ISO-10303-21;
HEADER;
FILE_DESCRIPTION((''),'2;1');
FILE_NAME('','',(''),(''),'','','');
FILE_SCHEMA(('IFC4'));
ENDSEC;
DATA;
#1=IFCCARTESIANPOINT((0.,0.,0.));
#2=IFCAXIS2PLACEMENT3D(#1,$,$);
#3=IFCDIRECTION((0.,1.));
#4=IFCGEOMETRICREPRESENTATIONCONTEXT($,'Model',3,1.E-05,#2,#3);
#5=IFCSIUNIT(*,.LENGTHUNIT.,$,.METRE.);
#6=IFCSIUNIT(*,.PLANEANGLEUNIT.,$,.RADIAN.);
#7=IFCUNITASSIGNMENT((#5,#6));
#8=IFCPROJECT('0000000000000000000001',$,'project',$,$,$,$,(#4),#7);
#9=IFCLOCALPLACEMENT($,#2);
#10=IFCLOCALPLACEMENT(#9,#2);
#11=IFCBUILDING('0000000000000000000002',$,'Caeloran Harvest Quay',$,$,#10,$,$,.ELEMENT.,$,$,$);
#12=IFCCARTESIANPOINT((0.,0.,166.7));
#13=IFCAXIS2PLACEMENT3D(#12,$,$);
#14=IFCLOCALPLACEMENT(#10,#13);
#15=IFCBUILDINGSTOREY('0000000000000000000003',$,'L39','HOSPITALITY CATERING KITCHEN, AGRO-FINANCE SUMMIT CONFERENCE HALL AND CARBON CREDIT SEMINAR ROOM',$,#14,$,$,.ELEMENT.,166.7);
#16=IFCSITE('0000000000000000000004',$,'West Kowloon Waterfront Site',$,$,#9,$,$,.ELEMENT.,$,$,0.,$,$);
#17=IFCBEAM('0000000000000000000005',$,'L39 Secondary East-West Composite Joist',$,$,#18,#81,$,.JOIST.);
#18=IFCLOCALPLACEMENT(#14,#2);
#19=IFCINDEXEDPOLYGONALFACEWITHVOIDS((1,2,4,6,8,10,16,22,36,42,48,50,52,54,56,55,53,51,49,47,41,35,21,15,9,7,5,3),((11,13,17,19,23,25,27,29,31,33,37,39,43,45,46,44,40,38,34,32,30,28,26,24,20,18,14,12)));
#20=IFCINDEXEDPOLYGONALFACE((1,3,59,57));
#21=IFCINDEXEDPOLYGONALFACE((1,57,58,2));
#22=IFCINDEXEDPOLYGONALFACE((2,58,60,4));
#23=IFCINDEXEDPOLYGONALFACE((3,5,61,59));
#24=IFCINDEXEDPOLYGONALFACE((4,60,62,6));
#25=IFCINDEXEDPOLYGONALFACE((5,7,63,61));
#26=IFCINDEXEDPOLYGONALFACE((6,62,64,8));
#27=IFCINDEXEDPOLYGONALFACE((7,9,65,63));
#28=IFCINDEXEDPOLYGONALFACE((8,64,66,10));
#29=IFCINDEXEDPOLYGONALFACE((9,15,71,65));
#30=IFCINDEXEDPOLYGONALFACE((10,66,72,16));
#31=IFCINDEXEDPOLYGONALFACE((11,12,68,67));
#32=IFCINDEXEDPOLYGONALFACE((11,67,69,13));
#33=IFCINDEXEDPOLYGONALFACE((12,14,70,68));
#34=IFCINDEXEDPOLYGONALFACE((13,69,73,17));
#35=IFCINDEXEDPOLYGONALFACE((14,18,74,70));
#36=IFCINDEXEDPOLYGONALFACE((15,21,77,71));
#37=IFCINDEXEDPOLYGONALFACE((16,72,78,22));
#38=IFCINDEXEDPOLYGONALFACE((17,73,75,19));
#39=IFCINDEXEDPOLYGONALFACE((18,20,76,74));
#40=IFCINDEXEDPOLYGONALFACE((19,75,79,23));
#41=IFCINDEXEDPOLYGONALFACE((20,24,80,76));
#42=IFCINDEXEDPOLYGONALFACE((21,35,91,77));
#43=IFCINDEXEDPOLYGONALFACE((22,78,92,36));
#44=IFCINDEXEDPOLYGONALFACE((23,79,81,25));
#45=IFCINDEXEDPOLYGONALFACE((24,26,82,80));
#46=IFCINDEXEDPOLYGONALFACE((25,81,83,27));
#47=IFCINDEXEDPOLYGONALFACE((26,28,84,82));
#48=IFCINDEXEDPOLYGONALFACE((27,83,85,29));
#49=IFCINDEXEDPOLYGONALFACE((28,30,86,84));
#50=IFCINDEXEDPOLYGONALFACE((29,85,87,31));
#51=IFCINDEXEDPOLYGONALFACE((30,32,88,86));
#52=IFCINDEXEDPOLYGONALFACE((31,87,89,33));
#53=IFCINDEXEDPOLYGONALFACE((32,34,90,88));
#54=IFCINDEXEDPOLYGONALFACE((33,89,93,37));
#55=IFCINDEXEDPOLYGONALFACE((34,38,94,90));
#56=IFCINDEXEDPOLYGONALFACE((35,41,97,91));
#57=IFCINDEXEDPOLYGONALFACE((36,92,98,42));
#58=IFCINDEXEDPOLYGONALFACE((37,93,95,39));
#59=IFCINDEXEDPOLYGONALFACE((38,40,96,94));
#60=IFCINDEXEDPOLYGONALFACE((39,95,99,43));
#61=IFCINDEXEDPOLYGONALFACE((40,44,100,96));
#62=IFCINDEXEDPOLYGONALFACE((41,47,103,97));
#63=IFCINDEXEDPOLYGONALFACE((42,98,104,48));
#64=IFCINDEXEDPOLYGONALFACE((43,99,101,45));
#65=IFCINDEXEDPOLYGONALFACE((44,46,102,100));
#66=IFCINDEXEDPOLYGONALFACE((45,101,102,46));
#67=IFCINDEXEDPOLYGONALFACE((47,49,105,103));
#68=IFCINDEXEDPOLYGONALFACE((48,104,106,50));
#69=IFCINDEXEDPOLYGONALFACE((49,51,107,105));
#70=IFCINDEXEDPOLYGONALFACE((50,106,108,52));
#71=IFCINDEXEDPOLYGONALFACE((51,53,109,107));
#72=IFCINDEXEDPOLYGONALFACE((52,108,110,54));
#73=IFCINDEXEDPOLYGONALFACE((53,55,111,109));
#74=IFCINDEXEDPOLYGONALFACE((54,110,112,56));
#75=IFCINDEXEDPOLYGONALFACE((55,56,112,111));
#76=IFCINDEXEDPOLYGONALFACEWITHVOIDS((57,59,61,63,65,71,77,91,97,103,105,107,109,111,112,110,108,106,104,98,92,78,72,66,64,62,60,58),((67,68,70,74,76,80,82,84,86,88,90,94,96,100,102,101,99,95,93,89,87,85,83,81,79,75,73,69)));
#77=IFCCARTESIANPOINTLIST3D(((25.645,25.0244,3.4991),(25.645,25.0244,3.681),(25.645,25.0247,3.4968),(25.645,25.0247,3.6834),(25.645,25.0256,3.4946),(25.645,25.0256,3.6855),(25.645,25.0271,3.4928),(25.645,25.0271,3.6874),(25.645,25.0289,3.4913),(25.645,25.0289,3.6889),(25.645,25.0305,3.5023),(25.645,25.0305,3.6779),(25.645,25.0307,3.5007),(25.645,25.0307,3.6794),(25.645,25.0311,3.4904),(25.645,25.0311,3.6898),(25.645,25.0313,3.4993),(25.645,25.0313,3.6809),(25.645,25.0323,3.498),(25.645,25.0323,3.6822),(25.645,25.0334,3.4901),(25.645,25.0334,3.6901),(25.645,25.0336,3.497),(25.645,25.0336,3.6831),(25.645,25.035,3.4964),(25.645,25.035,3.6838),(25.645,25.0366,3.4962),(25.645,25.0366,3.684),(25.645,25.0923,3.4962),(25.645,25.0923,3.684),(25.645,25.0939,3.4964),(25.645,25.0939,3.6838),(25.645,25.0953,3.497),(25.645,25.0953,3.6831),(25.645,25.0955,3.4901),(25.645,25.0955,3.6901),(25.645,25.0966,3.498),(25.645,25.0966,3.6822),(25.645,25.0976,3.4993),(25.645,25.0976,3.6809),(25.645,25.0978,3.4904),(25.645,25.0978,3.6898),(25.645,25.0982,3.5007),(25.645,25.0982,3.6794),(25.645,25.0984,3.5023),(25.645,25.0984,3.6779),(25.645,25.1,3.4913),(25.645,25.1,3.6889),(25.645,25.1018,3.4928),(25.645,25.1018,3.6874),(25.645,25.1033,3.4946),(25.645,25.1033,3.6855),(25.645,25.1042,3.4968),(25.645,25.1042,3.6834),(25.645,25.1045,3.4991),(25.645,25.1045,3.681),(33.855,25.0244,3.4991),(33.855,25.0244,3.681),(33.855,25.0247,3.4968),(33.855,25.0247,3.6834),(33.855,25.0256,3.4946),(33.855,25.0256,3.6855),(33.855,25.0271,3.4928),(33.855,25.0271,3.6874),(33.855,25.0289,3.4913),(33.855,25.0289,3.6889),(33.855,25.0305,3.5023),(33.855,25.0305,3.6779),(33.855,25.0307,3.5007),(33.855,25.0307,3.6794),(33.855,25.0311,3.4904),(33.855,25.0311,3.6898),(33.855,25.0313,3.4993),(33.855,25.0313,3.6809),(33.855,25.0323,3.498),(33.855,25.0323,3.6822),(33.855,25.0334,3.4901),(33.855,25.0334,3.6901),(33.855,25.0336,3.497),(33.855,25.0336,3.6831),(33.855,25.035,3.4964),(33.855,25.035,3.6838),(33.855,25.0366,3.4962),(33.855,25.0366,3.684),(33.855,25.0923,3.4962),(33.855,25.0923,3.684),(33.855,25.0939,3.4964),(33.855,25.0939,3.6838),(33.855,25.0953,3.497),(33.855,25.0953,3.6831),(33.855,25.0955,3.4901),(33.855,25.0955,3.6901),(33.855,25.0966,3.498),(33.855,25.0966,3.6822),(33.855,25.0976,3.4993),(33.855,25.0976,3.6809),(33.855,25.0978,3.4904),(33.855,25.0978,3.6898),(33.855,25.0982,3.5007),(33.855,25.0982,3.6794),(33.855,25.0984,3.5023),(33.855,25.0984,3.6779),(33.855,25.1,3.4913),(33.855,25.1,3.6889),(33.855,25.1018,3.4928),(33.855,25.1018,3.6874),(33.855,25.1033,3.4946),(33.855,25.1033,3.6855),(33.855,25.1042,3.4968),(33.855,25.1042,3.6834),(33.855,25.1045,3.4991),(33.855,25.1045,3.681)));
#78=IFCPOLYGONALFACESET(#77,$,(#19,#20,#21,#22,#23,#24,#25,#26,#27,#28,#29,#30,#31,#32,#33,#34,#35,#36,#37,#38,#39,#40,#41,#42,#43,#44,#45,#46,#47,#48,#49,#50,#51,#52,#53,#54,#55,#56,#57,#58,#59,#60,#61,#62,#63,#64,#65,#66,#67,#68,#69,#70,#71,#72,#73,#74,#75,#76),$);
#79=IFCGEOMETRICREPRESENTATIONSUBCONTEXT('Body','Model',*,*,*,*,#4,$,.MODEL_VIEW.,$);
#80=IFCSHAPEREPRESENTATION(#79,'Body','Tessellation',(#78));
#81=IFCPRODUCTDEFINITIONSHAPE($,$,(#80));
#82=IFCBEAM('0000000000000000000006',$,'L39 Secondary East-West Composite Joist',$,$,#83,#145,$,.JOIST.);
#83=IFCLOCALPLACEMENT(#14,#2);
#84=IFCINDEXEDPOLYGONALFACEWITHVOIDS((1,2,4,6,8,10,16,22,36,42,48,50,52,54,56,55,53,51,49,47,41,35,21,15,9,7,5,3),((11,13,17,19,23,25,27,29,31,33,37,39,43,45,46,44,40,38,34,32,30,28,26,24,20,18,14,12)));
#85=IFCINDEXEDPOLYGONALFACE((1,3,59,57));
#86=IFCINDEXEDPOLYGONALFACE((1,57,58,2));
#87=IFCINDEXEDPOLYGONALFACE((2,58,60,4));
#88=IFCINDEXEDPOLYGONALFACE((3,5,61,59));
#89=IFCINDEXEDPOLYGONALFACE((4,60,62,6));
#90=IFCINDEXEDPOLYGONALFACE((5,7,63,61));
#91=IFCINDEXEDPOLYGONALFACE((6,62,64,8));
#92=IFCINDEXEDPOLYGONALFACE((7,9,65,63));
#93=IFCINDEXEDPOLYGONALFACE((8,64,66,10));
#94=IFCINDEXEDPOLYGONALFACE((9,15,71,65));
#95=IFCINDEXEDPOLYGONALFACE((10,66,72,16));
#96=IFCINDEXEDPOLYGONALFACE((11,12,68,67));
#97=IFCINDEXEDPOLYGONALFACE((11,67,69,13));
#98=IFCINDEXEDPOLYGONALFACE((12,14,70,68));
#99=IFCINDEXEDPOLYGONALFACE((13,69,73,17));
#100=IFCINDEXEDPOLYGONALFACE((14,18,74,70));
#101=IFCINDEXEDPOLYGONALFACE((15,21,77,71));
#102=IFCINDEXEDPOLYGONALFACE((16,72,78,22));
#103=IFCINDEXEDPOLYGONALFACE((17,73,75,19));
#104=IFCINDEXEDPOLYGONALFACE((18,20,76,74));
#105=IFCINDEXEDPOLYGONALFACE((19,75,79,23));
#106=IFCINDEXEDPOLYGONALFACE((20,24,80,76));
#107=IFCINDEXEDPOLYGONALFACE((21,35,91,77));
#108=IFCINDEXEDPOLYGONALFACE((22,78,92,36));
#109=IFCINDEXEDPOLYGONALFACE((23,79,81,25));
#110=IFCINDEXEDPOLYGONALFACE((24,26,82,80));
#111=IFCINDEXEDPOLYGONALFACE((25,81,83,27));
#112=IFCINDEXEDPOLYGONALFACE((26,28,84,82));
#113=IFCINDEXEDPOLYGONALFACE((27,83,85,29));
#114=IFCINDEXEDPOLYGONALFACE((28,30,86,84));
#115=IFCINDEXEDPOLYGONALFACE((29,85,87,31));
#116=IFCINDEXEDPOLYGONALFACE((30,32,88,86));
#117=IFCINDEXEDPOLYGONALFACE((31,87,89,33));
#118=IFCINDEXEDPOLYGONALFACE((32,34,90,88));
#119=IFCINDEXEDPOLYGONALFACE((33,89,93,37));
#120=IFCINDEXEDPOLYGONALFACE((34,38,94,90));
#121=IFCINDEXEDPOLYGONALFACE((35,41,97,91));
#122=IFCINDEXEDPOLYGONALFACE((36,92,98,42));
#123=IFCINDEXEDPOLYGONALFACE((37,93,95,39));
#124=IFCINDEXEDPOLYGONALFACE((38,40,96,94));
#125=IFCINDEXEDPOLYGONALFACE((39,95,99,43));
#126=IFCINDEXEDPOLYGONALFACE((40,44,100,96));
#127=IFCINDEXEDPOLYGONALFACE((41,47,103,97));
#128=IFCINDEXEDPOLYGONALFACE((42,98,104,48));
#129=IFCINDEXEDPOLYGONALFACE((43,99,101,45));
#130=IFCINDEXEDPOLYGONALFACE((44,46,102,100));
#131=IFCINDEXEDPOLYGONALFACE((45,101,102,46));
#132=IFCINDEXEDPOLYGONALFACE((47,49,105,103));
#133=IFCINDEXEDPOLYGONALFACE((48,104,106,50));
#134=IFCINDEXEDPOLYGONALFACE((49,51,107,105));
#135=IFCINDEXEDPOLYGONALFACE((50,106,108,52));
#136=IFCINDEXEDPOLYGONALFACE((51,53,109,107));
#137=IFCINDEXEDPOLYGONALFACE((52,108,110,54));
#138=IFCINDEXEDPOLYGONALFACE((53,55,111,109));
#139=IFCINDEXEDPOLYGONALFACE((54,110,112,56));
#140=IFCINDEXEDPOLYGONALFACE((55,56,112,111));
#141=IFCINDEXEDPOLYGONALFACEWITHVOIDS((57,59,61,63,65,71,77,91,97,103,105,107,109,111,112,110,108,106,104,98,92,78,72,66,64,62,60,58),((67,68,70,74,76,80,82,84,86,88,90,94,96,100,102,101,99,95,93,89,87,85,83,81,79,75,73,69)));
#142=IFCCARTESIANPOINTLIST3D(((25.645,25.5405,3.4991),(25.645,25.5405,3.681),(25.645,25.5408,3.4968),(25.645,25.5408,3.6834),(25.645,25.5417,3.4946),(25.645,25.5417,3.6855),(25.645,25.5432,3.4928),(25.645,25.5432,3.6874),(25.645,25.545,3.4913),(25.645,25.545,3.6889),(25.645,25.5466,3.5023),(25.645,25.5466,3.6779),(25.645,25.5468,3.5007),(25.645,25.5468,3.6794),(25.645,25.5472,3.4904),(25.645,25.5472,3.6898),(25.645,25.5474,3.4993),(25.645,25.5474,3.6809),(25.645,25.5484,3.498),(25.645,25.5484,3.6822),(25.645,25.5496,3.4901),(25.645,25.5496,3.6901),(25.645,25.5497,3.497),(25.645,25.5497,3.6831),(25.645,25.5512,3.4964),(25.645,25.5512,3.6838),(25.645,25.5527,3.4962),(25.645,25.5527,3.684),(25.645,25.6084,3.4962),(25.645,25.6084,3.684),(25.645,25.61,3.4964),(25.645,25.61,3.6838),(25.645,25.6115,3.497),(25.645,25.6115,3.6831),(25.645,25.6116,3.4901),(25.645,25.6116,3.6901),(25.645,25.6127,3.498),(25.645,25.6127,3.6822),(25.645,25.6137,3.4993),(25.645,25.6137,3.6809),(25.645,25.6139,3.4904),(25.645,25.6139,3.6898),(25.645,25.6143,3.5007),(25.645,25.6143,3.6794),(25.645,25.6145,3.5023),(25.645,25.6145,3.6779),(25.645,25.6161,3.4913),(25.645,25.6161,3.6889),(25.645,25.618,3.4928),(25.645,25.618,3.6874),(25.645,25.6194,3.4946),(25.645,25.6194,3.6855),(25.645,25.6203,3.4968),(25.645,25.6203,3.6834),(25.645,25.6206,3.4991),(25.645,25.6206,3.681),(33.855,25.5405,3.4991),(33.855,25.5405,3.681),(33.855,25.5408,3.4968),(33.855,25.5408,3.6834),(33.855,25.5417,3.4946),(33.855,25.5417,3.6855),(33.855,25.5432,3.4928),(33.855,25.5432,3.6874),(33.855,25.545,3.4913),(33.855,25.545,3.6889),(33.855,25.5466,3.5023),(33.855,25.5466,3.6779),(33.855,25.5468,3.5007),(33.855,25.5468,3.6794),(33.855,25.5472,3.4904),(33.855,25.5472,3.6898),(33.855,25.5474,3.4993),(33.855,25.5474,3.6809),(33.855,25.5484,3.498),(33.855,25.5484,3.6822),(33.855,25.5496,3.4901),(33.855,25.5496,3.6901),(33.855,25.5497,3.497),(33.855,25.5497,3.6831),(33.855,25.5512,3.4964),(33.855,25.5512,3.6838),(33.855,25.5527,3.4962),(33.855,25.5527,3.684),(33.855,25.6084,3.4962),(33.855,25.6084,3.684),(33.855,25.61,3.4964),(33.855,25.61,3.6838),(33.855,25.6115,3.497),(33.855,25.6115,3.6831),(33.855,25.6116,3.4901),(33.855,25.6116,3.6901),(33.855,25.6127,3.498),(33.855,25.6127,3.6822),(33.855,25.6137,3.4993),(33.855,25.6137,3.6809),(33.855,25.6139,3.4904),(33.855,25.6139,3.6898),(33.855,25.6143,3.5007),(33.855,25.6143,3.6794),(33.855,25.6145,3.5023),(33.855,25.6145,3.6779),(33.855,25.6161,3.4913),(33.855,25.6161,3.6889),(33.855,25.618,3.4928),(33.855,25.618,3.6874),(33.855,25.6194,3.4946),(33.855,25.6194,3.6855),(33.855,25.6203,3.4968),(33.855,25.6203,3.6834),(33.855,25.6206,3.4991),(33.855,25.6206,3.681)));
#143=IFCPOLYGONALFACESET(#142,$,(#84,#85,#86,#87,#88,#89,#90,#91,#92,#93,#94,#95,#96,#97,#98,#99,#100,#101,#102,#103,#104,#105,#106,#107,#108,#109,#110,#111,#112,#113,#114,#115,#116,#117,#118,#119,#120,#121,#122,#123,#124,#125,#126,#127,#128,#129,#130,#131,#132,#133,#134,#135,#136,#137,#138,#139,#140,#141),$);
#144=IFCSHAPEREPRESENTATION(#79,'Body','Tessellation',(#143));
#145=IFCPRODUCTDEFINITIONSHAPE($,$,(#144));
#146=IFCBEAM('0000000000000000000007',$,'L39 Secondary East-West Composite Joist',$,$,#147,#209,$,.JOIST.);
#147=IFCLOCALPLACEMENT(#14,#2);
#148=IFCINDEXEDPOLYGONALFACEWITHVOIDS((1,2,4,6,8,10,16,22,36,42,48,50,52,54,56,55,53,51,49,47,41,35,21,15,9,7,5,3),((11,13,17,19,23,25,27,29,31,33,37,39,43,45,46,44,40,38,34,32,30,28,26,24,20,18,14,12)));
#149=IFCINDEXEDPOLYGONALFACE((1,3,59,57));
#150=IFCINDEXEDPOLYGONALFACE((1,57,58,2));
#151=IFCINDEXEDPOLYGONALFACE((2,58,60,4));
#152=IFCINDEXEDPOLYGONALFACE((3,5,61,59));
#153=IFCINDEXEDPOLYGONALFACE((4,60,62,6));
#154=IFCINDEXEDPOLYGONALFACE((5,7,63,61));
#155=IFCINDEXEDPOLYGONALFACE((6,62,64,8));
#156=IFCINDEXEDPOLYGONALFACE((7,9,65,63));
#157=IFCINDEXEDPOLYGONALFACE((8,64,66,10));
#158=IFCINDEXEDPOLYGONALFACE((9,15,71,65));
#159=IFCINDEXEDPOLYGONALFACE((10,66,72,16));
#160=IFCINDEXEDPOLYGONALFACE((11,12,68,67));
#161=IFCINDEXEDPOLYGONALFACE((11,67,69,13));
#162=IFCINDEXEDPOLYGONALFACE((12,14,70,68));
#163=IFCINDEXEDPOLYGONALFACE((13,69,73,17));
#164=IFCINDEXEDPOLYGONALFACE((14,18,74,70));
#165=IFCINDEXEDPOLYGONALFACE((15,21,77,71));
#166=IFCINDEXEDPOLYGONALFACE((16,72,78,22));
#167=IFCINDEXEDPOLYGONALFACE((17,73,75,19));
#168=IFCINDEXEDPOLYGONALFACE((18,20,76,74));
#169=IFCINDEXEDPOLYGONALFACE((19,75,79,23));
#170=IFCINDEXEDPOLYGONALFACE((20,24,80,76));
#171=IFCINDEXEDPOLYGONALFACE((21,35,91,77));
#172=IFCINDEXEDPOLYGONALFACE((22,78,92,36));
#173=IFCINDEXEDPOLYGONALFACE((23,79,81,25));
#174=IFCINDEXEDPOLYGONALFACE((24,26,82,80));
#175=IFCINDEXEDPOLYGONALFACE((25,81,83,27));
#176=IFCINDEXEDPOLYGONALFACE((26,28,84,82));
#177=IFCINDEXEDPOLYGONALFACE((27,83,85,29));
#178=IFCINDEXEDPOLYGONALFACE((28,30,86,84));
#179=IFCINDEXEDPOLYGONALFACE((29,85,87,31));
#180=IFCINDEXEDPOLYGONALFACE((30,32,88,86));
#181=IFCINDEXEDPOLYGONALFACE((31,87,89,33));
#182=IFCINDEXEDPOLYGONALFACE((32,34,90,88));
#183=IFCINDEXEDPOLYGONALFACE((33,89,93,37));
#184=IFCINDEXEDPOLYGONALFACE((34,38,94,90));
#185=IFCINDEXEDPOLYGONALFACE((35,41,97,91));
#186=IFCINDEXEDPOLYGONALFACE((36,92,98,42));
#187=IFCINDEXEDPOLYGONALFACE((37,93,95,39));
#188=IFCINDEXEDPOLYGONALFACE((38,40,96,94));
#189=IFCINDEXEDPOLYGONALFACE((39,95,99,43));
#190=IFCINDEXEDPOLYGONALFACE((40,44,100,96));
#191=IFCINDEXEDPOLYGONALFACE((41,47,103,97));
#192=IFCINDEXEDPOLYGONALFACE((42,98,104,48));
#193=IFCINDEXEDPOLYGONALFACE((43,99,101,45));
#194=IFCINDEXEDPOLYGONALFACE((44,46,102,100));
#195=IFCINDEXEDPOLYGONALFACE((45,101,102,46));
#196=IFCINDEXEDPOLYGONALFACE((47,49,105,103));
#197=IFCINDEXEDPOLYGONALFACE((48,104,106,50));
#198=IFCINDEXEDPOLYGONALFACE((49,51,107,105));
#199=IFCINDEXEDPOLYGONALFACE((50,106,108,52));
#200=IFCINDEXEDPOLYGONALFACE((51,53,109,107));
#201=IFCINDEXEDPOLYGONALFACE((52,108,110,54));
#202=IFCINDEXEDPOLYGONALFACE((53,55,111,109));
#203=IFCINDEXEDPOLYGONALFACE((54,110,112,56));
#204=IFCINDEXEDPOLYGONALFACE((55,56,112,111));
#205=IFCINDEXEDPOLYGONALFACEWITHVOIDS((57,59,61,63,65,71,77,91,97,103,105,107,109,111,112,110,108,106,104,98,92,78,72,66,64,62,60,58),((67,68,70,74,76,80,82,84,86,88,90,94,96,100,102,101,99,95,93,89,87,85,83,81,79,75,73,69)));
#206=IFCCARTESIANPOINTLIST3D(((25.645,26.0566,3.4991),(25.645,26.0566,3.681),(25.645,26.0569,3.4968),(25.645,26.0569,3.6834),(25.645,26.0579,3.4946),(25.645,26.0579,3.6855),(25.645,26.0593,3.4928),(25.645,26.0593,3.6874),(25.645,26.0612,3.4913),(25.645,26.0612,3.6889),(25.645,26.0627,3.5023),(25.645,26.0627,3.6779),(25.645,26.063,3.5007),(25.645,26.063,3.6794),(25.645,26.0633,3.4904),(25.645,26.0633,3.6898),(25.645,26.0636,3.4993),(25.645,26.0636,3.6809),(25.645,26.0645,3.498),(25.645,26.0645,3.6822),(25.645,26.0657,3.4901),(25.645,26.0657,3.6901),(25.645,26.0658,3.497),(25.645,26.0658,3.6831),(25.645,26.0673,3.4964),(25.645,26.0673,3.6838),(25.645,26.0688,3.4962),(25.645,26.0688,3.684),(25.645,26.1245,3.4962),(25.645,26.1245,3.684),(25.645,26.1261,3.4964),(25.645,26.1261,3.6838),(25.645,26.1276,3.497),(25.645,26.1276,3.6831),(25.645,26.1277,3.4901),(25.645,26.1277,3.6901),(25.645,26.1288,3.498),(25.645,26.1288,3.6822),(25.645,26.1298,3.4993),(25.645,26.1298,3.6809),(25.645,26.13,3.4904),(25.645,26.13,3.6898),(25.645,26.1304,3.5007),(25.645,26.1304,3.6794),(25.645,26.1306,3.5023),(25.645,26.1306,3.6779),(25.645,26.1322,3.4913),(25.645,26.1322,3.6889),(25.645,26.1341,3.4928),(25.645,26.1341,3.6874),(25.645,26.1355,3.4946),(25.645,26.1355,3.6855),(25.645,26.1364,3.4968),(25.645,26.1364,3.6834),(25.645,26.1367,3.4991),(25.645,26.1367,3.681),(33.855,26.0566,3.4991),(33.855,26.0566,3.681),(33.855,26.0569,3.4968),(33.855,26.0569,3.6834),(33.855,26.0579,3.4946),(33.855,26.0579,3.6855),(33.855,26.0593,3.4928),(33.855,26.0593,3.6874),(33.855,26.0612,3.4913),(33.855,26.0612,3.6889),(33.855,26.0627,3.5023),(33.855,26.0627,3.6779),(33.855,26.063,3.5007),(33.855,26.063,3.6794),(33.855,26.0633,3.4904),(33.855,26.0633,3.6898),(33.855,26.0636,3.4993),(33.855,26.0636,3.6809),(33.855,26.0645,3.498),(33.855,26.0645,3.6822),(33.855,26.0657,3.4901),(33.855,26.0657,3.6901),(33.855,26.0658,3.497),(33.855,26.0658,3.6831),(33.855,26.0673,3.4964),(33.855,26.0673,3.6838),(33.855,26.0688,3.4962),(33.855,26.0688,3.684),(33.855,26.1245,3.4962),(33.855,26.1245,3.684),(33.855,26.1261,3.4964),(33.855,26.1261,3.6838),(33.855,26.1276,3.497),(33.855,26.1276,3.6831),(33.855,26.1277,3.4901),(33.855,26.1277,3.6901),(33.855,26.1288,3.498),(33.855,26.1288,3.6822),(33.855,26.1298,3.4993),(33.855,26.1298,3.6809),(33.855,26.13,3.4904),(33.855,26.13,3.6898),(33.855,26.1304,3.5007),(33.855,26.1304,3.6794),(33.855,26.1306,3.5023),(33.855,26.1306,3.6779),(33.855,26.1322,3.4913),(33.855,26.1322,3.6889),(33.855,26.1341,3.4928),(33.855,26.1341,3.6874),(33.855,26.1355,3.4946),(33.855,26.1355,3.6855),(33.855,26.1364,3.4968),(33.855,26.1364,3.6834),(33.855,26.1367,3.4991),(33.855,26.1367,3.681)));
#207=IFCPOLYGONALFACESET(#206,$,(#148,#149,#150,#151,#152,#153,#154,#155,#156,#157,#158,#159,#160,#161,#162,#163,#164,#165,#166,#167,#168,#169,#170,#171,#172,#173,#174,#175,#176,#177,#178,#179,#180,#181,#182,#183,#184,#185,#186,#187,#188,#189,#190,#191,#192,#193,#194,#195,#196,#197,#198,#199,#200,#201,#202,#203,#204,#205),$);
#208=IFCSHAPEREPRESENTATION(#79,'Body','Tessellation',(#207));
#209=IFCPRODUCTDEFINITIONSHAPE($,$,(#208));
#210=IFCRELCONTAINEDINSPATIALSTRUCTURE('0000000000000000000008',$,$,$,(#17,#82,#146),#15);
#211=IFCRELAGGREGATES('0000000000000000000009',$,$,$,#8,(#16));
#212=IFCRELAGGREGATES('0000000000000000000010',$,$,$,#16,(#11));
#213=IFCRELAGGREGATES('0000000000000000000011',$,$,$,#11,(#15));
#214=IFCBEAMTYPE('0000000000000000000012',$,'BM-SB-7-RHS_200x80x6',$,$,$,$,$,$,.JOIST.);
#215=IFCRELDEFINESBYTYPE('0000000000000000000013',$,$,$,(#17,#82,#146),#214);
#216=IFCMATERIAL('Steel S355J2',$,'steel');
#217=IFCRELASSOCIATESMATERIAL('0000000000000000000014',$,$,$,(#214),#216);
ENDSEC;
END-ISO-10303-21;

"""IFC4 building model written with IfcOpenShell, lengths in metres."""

from ifc_helpers import new_model, si_unit, direction, frame, origin, origin_2d, place, context, subcontext, project, spatial, hollow_rectangle, extrude, material, material_profile, profile_set, type_object, element, save


model = new_model("IFC4")

# Units and contexts
model_context = context("Model", 3, precision=1e-05, world=origin(), true_north=direction((0.0, 1.0)))
body_context = subcontext(model_context, "Body", "Model", "MODEL_VIEW")
ifc_project = project(units=[si_unit("LENGTHUNIT", "METRE"), si_unit("PLANEANGLEUNIT", "RADIAN")], contexts=[model_context])

# Site, building, storey
site_placement = place(None, origin())
site = spatial("IfcSite", under=ifc_project, at=site_placement, Name="West Kowloon Waterfront Site", CompositionType="ELEMENT", RefElevation=0.0)
building_placement = place(site_placement, origin())
building = spatial("IfcBuilding", under=site, at=building_placement, Name="Caeloran Harvest Quay", CompositionType="ELEMENT")
storey_placement = place(building_placement, frame((0.0, 0.0, 166.7)))
storey = spatial("IfcBuildingStorey", under=building, at=storey_placement, Name="L39", Description="HOSPITALITY CATERING KITCHEN, AGRO-FINANCE SUMMIT CONFERENCE HALL AND CARBON CREDIT SEMINAR ROOM", CompositionType="ELEMENT", Elevation=166.7)

# Beams
ifc_material_1 = material(Name="Steel S355J2", Category="steel")
ifc_material_profile_1 = material_profile(ifc_material_1, hollow_rectangle(XDim=0.0801, YDim=0.2, WallThickness=0.0061, InnerFilletRadius=0.0061, OuterFilletRadius=0.009, at=origin_2d()), Name="RHS 200x80x6")
ifc_profile_set_1 = profile_set([ifc_material_profile_1], Name="Steel S355J2")
beam_type_1 = type_object("IfcBeamType", Name="BM-SB-7-RHS_200x80x6", PredefinedType="JOIST", material=ifc_profile_set_1)
for number, where, z_axis, x_axis, name in (
    (1, (25.645, 25.0645, 3.5901), (1.0, 0.0, 0.0), (0.0, 1.0, 0.0), "L39 Secondary East-West Composite Joist"),
    (2, (25.645, 25.5806, 3.5901), (1.0, 0.0, 0.0), (0.0, 1.0, 0.0), "L39 Secondary East-West Composite Joist"),
    (3, (25.645, 26.0967, 3.5901), (1.0, 0.0, 0.0), (0.0, 1.0, 0.0), "L39 Secondary East-West Composite Joist"),
):
    element("IfcBeam", number, at=place(storey_placement, frame(where, z_axis=z_axis, x_axis=x_axis)), inside=storey, type_object=beam_type_1, Name=name, PredefinedType="JOIST", context=body_context, shape_type="SweptSolid", body=[
        extrude(hollow_rectangle(XDim=0.0801, YDim=0.2, WallThickness=0.0061, InnerFilletRadius=0.0061, OuterFilletRadius=0.009, at=origin_2d()), origin(), (0.0, 0.0, 1.0), 8.21),
    ])

save(model, "model.ifc")
